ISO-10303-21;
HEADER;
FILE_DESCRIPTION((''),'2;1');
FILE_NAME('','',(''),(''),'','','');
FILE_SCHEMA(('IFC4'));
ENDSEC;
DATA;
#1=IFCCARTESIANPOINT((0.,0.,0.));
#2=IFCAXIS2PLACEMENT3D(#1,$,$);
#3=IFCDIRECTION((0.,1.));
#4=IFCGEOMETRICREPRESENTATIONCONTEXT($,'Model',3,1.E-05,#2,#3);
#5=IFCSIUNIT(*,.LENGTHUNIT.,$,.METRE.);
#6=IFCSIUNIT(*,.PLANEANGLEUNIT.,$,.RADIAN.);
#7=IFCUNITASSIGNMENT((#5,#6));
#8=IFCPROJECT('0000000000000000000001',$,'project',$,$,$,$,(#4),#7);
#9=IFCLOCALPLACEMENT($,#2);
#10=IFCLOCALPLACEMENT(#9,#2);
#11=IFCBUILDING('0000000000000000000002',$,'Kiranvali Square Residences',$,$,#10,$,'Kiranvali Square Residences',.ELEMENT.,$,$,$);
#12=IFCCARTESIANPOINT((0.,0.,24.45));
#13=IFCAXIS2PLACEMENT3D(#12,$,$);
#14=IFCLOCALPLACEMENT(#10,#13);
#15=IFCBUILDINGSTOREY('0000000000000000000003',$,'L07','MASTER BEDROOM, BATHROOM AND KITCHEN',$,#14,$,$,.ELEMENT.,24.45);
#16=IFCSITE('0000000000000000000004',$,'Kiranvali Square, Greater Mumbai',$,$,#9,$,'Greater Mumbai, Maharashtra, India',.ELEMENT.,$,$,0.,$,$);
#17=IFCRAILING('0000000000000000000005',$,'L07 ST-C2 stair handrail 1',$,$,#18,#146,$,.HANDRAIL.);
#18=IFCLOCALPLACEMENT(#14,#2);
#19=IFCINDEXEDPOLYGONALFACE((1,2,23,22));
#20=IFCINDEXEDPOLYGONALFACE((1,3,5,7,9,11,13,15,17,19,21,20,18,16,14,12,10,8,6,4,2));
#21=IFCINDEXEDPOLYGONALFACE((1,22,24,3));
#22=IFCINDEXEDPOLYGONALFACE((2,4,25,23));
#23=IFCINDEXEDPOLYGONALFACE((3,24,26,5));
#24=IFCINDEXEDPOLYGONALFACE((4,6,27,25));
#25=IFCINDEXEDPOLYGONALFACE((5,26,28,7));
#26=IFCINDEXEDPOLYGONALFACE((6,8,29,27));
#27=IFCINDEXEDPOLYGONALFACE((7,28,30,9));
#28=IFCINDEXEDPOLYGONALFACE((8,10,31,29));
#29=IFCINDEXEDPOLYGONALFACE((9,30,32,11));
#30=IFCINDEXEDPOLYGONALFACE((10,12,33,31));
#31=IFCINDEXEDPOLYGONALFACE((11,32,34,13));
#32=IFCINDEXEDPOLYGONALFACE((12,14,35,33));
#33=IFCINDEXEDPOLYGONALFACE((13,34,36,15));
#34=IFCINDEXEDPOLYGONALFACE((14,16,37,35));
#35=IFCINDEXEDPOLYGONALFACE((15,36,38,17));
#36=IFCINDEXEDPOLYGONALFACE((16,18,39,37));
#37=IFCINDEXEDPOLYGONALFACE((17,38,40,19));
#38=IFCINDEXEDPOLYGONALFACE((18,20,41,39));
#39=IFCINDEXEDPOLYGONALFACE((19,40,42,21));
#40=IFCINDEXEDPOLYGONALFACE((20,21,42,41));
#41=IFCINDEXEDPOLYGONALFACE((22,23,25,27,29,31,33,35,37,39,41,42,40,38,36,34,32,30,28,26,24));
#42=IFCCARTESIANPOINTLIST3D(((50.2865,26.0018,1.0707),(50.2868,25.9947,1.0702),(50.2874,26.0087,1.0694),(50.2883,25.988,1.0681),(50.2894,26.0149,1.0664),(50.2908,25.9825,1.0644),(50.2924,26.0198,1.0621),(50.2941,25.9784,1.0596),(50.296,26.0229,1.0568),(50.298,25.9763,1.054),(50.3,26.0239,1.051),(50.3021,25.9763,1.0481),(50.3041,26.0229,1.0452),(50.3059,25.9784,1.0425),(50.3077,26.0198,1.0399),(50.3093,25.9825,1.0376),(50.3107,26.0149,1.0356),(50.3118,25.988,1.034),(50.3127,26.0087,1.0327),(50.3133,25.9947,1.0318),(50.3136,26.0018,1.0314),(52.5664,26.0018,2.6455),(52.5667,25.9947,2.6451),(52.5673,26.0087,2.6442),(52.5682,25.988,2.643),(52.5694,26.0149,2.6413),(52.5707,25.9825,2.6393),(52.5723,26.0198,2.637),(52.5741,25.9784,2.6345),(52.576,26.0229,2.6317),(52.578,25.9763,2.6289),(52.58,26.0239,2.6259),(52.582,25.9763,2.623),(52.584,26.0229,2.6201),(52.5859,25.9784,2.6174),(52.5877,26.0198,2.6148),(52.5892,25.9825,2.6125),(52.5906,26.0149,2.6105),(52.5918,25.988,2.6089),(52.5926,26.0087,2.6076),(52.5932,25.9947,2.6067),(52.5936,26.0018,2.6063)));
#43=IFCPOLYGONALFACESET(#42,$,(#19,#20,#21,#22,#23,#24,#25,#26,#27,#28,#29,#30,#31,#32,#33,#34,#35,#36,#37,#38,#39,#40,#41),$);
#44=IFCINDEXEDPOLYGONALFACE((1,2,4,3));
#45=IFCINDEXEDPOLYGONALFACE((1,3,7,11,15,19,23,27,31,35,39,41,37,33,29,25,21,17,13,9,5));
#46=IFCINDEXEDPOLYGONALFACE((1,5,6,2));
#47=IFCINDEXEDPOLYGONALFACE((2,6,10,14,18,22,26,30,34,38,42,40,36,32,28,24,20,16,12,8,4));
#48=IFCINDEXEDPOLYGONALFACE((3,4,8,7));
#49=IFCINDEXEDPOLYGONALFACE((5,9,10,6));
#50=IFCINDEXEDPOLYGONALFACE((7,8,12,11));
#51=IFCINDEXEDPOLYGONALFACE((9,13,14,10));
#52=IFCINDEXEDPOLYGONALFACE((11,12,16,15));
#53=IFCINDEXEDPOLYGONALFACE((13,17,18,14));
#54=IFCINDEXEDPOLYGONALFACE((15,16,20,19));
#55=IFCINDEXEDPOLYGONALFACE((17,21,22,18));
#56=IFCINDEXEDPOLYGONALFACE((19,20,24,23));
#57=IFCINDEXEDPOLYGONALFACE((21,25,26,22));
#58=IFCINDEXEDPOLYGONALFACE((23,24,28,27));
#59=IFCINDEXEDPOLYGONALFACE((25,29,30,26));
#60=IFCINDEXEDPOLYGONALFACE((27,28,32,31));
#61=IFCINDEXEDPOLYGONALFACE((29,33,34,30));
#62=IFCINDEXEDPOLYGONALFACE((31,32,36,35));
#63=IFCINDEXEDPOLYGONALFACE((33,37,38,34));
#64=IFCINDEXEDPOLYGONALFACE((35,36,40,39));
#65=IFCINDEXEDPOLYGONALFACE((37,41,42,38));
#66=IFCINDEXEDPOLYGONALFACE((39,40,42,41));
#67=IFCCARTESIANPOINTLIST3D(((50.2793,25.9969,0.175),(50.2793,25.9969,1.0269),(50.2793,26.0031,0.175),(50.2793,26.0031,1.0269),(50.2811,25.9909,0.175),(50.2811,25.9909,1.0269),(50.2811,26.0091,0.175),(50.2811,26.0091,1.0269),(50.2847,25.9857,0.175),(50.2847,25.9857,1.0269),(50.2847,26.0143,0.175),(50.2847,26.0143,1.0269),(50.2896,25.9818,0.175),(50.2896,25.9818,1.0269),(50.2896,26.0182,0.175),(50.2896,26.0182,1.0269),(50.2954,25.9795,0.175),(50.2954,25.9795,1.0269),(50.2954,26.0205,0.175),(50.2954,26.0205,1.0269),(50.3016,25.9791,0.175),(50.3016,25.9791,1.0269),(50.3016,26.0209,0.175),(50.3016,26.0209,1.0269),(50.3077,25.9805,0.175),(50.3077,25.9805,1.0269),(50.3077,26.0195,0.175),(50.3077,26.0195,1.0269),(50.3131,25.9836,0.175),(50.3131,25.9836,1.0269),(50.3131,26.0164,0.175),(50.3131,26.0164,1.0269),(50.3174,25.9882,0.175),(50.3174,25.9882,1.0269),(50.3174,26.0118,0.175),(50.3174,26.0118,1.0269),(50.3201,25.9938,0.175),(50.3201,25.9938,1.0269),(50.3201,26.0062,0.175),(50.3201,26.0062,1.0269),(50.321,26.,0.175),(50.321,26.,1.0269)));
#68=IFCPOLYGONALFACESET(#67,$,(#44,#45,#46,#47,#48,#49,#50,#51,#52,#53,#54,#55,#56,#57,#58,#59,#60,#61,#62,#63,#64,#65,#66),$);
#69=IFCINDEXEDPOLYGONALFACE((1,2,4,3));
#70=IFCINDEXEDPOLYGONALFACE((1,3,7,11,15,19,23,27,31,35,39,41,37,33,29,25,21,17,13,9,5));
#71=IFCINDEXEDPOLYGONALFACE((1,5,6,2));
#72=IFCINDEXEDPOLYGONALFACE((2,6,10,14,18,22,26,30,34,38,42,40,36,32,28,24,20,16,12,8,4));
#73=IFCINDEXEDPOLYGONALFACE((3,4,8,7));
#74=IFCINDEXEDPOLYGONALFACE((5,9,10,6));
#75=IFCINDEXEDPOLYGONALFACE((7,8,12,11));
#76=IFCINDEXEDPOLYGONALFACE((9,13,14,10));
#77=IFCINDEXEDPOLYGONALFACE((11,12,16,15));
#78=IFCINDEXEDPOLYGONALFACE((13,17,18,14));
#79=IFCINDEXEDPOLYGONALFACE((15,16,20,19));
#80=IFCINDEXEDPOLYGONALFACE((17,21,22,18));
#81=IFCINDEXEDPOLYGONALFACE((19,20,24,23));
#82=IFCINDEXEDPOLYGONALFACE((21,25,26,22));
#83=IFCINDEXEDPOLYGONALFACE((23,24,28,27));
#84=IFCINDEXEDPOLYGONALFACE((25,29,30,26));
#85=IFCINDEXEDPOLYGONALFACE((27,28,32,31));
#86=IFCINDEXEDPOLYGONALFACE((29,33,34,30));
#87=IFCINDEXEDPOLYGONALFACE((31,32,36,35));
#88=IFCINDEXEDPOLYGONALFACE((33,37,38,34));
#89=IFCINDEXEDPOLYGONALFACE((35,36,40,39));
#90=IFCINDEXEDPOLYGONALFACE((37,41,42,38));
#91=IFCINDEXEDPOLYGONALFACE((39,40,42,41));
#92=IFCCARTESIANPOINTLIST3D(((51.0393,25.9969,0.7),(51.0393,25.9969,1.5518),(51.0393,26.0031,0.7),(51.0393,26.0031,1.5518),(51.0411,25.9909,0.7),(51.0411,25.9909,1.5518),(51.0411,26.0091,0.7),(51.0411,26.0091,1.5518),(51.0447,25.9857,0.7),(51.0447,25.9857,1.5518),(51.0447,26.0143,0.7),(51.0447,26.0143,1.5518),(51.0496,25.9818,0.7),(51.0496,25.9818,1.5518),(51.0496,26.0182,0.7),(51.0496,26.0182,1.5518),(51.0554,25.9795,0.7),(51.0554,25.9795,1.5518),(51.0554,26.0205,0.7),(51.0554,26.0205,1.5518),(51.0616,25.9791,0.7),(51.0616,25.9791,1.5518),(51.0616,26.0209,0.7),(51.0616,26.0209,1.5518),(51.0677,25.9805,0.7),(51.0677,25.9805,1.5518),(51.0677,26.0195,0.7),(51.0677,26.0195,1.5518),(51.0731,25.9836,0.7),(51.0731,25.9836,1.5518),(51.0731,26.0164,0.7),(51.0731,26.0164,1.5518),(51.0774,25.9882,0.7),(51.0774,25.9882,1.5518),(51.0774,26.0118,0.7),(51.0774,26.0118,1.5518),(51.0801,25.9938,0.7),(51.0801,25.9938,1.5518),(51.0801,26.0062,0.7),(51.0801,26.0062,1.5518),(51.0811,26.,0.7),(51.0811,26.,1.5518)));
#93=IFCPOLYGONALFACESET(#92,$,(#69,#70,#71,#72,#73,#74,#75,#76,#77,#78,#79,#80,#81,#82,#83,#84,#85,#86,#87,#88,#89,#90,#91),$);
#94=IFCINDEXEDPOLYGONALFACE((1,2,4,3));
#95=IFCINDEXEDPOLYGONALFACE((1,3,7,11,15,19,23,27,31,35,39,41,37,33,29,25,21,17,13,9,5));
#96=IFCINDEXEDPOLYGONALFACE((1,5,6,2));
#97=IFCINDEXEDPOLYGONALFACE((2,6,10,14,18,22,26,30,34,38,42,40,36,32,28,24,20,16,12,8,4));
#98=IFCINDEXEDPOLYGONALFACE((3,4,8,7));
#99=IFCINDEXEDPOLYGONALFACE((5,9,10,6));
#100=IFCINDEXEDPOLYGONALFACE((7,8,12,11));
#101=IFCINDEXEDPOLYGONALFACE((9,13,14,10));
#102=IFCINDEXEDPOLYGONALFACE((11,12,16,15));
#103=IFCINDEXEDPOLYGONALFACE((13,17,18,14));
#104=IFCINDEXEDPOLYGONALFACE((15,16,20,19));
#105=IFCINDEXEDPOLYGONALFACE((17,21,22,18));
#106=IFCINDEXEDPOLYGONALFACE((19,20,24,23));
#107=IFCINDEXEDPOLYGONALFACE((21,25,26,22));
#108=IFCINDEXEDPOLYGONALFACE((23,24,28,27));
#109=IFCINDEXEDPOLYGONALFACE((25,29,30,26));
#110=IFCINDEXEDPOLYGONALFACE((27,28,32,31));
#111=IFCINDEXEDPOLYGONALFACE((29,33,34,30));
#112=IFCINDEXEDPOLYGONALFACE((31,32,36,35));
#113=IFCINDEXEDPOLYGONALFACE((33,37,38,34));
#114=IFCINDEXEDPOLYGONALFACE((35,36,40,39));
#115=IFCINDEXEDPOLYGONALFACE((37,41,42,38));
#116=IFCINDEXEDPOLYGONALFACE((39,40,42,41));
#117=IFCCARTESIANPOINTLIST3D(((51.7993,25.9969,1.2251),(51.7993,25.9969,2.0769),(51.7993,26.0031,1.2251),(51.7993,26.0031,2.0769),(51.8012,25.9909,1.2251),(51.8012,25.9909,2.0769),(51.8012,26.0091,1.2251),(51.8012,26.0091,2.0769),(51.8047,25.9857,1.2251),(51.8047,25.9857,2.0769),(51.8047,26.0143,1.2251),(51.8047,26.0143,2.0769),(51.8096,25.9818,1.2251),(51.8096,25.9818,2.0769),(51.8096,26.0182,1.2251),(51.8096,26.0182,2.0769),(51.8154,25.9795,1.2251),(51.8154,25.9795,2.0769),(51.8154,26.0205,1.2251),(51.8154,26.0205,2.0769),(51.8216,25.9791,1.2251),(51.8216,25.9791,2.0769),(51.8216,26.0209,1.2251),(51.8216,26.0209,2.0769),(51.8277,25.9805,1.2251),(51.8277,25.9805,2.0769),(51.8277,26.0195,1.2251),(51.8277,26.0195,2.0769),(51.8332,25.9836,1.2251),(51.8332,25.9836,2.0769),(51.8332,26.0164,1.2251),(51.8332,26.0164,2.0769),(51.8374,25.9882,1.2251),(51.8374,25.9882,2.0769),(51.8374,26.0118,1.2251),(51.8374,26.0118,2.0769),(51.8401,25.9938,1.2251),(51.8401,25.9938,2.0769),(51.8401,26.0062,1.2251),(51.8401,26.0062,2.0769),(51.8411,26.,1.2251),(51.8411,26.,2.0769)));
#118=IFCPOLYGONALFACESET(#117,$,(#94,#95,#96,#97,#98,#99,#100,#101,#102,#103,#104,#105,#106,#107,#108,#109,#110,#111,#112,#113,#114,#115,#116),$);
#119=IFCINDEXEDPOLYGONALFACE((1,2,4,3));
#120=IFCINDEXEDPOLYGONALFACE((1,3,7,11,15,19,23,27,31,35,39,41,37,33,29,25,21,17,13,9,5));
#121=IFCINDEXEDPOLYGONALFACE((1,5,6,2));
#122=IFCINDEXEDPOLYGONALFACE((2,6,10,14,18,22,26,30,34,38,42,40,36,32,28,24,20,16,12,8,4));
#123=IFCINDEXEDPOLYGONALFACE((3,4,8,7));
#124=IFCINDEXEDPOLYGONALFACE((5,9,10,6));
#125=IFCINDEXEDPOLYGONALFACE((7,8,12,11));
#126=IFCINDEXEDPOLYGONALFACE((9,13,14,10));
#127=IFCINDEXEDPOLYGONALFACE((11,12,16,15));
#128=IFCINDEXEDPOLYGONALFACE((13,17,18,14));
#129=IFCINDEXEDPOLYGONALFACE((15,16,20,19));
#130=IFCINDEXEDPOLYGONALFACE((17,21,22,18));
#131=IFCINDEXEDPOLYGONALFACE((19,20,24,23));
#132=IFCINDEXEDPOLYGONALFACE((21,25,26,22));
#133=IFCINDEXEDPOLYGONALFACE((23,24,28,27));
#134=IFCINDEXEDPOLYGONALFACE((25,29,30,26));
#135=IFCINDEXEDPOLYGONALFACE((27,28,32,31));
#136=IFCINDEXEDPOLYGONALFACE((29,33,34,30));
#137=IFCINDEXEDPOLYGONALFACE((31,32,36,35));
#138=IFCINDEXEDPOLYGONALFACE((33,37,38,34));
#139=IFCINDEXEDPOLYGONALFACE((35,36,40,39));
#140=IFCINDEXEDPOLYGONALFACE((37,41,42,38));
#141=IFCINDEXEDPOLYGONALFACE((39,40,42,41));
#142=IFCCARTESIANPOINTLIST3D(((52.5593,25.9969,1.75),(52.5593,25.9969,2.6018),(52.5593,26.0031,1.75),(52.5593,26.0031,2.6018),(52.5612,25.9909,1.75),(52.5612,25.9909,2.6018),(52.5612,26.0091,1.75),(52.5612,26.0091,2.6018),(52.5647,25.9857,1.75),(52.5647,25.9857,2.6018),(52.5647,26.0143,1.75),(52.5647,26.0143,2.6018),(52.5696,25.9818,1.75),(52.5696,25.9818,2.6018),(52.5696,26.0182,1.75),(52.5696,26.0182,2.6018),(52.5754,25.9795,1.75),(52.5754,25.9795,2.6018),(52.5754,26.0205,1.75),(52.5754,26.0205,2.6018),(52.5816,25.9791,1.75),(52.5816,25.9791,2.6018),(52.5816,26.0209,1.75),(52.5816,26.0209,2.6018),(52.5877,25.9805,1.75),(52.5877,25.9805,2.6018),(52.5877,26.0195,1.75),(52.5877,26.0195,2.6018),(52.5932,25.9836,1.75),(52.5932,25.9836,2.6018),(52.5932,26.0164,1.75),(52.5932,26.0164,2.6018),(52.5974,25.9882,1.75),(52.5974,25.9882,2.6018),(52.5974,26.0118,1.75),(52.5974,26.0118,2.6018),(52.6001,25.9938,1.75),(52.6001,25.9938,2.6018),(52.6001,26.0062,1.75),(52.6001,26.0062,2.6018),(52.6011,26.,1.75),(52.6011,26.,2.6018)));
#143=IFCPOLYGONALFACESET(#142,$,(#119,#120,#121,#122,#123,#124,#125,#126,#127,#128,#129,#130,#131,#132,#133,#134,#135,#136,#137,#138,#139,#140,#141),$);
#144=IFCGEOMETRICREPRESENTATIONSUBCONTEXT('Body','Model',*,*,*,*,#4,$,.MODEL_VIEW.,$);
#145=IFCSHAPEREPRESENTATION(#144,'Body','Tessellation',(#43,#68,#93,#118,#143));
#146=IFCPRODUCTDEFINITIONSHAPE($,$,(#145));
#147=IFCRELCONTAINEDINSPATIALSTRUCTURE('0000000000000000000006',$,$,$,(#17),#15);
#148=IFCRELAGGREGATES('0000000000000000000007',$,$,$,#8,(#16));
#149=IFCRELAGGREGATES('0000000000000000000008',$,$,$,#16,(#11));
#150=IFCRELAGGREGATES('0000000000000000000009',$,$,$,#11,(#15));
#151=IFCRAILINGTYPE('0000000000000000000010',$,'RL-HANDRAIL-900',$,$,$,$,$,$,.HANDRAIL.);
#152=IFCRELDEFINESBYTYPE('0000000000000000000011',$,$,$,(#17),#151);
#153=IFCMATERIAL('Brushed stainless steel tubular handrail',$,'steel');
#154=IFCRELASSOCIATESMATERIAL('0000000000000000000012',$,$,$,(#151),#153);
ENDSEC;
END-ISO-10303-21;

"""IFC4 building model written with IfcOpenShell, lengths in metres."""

from ifc_helpers import new_model, si_unit, direction, frame, origin, origin_2d, place, context, subcontext, project, spatial, circle, extrude, material, type_object, element, save


model = new_model("IFC4")

# Units and contexts
model_context = context("Model", 3, precision=1e-05, world=origin(), true_north=direction((0.0, 1.0)))
body_context = subcontext(model_context, "Body", "Model", "MODEL_VIEW")
ifc_project = project(units=[si_unit("LENGTHUNIT", "METRE"), si_unit("PLANEANGLEUNIT", "RADIAN")], contexts=[model_context])

# Site, building, storey
site_placement = place(None, origin())
site = spatial("IfcSite", under=ifc_project, at=site_placement, Name="Kiranvali Square, Greater Mumbai", LongName="Greater Mumbai, Maharashtra, India", CompositionType="ELEMENT", RefElevation=0.0)
building_placement = place(site_placement, origin())
building = spatial("IfcBuilding", under=site, at=building_placement, Name="Kiranvali Square Residences", LongName="Kiranvali Square Residences", CompositionType="ELEMENT")
storey_placement = place(building_placement, frame((0.0, 0.0, 24.45)))
storey = spatial("IfcBuildingStorey", under=building, at=storey_placement, Name="L07", Description="MASTER BEDROOM, BATHROOM AND KITCHEN", CompositionType="ELEMENT", Elevation=24.45)

# Railing
ifc_material_1 = material(Name="Brushed stainless steel tubular handrail", Category="steel")
railing_type_1 = type_object("IfcRailingType", Name="RL-HANDRAIL-900", PredefinedType="HANDRAIL", material=ifc_material_1)
railing_1_placement = place(storey_placement, frame((50.3, 26.0, 0.175)))
element("IfcRailing", 1, at=railing_1_placement, inside=storey, type_object=railing_type_1, Name="L07 ST-C2 stair handrail 1", PredefinedType="HANDRAIL", context=body_context, shape_type="SweptSolid", body=[
    extrude(circle(Radius=0.0239, at=origin_2d()), frame((0.0, 0.0, 0.876), z_axis=(0.822788, 0.0, 0.568348), x_axis=(0.0, 1.0, 0.0)), (0.0, 0.0, 1.0), 2.771),
    extrude(circle(Radius=0.021, at=origin_2d()), origin(), (0.0, 0.0, 1.0), 0.8518),
    extrude(circle(Radius=0.021, at=origin_2d()), frame((0.76, 0.0, 0.5249)), (0.0, 0.0, 1.0), 0.8518),
    extrude(circle(Radius=0.021, at=origin_2d()), frame((1.52, 0.0, 1.05)), (0.0, 0.0, 1.0), 0.8518),
    extrude(circle(Radius=0.021, at=origin_2d()), frame((2.28, 0.0, 1.575)), (0.0, 0.0, 1.0), 0.8518),
])

save(model, "model.ifc")
